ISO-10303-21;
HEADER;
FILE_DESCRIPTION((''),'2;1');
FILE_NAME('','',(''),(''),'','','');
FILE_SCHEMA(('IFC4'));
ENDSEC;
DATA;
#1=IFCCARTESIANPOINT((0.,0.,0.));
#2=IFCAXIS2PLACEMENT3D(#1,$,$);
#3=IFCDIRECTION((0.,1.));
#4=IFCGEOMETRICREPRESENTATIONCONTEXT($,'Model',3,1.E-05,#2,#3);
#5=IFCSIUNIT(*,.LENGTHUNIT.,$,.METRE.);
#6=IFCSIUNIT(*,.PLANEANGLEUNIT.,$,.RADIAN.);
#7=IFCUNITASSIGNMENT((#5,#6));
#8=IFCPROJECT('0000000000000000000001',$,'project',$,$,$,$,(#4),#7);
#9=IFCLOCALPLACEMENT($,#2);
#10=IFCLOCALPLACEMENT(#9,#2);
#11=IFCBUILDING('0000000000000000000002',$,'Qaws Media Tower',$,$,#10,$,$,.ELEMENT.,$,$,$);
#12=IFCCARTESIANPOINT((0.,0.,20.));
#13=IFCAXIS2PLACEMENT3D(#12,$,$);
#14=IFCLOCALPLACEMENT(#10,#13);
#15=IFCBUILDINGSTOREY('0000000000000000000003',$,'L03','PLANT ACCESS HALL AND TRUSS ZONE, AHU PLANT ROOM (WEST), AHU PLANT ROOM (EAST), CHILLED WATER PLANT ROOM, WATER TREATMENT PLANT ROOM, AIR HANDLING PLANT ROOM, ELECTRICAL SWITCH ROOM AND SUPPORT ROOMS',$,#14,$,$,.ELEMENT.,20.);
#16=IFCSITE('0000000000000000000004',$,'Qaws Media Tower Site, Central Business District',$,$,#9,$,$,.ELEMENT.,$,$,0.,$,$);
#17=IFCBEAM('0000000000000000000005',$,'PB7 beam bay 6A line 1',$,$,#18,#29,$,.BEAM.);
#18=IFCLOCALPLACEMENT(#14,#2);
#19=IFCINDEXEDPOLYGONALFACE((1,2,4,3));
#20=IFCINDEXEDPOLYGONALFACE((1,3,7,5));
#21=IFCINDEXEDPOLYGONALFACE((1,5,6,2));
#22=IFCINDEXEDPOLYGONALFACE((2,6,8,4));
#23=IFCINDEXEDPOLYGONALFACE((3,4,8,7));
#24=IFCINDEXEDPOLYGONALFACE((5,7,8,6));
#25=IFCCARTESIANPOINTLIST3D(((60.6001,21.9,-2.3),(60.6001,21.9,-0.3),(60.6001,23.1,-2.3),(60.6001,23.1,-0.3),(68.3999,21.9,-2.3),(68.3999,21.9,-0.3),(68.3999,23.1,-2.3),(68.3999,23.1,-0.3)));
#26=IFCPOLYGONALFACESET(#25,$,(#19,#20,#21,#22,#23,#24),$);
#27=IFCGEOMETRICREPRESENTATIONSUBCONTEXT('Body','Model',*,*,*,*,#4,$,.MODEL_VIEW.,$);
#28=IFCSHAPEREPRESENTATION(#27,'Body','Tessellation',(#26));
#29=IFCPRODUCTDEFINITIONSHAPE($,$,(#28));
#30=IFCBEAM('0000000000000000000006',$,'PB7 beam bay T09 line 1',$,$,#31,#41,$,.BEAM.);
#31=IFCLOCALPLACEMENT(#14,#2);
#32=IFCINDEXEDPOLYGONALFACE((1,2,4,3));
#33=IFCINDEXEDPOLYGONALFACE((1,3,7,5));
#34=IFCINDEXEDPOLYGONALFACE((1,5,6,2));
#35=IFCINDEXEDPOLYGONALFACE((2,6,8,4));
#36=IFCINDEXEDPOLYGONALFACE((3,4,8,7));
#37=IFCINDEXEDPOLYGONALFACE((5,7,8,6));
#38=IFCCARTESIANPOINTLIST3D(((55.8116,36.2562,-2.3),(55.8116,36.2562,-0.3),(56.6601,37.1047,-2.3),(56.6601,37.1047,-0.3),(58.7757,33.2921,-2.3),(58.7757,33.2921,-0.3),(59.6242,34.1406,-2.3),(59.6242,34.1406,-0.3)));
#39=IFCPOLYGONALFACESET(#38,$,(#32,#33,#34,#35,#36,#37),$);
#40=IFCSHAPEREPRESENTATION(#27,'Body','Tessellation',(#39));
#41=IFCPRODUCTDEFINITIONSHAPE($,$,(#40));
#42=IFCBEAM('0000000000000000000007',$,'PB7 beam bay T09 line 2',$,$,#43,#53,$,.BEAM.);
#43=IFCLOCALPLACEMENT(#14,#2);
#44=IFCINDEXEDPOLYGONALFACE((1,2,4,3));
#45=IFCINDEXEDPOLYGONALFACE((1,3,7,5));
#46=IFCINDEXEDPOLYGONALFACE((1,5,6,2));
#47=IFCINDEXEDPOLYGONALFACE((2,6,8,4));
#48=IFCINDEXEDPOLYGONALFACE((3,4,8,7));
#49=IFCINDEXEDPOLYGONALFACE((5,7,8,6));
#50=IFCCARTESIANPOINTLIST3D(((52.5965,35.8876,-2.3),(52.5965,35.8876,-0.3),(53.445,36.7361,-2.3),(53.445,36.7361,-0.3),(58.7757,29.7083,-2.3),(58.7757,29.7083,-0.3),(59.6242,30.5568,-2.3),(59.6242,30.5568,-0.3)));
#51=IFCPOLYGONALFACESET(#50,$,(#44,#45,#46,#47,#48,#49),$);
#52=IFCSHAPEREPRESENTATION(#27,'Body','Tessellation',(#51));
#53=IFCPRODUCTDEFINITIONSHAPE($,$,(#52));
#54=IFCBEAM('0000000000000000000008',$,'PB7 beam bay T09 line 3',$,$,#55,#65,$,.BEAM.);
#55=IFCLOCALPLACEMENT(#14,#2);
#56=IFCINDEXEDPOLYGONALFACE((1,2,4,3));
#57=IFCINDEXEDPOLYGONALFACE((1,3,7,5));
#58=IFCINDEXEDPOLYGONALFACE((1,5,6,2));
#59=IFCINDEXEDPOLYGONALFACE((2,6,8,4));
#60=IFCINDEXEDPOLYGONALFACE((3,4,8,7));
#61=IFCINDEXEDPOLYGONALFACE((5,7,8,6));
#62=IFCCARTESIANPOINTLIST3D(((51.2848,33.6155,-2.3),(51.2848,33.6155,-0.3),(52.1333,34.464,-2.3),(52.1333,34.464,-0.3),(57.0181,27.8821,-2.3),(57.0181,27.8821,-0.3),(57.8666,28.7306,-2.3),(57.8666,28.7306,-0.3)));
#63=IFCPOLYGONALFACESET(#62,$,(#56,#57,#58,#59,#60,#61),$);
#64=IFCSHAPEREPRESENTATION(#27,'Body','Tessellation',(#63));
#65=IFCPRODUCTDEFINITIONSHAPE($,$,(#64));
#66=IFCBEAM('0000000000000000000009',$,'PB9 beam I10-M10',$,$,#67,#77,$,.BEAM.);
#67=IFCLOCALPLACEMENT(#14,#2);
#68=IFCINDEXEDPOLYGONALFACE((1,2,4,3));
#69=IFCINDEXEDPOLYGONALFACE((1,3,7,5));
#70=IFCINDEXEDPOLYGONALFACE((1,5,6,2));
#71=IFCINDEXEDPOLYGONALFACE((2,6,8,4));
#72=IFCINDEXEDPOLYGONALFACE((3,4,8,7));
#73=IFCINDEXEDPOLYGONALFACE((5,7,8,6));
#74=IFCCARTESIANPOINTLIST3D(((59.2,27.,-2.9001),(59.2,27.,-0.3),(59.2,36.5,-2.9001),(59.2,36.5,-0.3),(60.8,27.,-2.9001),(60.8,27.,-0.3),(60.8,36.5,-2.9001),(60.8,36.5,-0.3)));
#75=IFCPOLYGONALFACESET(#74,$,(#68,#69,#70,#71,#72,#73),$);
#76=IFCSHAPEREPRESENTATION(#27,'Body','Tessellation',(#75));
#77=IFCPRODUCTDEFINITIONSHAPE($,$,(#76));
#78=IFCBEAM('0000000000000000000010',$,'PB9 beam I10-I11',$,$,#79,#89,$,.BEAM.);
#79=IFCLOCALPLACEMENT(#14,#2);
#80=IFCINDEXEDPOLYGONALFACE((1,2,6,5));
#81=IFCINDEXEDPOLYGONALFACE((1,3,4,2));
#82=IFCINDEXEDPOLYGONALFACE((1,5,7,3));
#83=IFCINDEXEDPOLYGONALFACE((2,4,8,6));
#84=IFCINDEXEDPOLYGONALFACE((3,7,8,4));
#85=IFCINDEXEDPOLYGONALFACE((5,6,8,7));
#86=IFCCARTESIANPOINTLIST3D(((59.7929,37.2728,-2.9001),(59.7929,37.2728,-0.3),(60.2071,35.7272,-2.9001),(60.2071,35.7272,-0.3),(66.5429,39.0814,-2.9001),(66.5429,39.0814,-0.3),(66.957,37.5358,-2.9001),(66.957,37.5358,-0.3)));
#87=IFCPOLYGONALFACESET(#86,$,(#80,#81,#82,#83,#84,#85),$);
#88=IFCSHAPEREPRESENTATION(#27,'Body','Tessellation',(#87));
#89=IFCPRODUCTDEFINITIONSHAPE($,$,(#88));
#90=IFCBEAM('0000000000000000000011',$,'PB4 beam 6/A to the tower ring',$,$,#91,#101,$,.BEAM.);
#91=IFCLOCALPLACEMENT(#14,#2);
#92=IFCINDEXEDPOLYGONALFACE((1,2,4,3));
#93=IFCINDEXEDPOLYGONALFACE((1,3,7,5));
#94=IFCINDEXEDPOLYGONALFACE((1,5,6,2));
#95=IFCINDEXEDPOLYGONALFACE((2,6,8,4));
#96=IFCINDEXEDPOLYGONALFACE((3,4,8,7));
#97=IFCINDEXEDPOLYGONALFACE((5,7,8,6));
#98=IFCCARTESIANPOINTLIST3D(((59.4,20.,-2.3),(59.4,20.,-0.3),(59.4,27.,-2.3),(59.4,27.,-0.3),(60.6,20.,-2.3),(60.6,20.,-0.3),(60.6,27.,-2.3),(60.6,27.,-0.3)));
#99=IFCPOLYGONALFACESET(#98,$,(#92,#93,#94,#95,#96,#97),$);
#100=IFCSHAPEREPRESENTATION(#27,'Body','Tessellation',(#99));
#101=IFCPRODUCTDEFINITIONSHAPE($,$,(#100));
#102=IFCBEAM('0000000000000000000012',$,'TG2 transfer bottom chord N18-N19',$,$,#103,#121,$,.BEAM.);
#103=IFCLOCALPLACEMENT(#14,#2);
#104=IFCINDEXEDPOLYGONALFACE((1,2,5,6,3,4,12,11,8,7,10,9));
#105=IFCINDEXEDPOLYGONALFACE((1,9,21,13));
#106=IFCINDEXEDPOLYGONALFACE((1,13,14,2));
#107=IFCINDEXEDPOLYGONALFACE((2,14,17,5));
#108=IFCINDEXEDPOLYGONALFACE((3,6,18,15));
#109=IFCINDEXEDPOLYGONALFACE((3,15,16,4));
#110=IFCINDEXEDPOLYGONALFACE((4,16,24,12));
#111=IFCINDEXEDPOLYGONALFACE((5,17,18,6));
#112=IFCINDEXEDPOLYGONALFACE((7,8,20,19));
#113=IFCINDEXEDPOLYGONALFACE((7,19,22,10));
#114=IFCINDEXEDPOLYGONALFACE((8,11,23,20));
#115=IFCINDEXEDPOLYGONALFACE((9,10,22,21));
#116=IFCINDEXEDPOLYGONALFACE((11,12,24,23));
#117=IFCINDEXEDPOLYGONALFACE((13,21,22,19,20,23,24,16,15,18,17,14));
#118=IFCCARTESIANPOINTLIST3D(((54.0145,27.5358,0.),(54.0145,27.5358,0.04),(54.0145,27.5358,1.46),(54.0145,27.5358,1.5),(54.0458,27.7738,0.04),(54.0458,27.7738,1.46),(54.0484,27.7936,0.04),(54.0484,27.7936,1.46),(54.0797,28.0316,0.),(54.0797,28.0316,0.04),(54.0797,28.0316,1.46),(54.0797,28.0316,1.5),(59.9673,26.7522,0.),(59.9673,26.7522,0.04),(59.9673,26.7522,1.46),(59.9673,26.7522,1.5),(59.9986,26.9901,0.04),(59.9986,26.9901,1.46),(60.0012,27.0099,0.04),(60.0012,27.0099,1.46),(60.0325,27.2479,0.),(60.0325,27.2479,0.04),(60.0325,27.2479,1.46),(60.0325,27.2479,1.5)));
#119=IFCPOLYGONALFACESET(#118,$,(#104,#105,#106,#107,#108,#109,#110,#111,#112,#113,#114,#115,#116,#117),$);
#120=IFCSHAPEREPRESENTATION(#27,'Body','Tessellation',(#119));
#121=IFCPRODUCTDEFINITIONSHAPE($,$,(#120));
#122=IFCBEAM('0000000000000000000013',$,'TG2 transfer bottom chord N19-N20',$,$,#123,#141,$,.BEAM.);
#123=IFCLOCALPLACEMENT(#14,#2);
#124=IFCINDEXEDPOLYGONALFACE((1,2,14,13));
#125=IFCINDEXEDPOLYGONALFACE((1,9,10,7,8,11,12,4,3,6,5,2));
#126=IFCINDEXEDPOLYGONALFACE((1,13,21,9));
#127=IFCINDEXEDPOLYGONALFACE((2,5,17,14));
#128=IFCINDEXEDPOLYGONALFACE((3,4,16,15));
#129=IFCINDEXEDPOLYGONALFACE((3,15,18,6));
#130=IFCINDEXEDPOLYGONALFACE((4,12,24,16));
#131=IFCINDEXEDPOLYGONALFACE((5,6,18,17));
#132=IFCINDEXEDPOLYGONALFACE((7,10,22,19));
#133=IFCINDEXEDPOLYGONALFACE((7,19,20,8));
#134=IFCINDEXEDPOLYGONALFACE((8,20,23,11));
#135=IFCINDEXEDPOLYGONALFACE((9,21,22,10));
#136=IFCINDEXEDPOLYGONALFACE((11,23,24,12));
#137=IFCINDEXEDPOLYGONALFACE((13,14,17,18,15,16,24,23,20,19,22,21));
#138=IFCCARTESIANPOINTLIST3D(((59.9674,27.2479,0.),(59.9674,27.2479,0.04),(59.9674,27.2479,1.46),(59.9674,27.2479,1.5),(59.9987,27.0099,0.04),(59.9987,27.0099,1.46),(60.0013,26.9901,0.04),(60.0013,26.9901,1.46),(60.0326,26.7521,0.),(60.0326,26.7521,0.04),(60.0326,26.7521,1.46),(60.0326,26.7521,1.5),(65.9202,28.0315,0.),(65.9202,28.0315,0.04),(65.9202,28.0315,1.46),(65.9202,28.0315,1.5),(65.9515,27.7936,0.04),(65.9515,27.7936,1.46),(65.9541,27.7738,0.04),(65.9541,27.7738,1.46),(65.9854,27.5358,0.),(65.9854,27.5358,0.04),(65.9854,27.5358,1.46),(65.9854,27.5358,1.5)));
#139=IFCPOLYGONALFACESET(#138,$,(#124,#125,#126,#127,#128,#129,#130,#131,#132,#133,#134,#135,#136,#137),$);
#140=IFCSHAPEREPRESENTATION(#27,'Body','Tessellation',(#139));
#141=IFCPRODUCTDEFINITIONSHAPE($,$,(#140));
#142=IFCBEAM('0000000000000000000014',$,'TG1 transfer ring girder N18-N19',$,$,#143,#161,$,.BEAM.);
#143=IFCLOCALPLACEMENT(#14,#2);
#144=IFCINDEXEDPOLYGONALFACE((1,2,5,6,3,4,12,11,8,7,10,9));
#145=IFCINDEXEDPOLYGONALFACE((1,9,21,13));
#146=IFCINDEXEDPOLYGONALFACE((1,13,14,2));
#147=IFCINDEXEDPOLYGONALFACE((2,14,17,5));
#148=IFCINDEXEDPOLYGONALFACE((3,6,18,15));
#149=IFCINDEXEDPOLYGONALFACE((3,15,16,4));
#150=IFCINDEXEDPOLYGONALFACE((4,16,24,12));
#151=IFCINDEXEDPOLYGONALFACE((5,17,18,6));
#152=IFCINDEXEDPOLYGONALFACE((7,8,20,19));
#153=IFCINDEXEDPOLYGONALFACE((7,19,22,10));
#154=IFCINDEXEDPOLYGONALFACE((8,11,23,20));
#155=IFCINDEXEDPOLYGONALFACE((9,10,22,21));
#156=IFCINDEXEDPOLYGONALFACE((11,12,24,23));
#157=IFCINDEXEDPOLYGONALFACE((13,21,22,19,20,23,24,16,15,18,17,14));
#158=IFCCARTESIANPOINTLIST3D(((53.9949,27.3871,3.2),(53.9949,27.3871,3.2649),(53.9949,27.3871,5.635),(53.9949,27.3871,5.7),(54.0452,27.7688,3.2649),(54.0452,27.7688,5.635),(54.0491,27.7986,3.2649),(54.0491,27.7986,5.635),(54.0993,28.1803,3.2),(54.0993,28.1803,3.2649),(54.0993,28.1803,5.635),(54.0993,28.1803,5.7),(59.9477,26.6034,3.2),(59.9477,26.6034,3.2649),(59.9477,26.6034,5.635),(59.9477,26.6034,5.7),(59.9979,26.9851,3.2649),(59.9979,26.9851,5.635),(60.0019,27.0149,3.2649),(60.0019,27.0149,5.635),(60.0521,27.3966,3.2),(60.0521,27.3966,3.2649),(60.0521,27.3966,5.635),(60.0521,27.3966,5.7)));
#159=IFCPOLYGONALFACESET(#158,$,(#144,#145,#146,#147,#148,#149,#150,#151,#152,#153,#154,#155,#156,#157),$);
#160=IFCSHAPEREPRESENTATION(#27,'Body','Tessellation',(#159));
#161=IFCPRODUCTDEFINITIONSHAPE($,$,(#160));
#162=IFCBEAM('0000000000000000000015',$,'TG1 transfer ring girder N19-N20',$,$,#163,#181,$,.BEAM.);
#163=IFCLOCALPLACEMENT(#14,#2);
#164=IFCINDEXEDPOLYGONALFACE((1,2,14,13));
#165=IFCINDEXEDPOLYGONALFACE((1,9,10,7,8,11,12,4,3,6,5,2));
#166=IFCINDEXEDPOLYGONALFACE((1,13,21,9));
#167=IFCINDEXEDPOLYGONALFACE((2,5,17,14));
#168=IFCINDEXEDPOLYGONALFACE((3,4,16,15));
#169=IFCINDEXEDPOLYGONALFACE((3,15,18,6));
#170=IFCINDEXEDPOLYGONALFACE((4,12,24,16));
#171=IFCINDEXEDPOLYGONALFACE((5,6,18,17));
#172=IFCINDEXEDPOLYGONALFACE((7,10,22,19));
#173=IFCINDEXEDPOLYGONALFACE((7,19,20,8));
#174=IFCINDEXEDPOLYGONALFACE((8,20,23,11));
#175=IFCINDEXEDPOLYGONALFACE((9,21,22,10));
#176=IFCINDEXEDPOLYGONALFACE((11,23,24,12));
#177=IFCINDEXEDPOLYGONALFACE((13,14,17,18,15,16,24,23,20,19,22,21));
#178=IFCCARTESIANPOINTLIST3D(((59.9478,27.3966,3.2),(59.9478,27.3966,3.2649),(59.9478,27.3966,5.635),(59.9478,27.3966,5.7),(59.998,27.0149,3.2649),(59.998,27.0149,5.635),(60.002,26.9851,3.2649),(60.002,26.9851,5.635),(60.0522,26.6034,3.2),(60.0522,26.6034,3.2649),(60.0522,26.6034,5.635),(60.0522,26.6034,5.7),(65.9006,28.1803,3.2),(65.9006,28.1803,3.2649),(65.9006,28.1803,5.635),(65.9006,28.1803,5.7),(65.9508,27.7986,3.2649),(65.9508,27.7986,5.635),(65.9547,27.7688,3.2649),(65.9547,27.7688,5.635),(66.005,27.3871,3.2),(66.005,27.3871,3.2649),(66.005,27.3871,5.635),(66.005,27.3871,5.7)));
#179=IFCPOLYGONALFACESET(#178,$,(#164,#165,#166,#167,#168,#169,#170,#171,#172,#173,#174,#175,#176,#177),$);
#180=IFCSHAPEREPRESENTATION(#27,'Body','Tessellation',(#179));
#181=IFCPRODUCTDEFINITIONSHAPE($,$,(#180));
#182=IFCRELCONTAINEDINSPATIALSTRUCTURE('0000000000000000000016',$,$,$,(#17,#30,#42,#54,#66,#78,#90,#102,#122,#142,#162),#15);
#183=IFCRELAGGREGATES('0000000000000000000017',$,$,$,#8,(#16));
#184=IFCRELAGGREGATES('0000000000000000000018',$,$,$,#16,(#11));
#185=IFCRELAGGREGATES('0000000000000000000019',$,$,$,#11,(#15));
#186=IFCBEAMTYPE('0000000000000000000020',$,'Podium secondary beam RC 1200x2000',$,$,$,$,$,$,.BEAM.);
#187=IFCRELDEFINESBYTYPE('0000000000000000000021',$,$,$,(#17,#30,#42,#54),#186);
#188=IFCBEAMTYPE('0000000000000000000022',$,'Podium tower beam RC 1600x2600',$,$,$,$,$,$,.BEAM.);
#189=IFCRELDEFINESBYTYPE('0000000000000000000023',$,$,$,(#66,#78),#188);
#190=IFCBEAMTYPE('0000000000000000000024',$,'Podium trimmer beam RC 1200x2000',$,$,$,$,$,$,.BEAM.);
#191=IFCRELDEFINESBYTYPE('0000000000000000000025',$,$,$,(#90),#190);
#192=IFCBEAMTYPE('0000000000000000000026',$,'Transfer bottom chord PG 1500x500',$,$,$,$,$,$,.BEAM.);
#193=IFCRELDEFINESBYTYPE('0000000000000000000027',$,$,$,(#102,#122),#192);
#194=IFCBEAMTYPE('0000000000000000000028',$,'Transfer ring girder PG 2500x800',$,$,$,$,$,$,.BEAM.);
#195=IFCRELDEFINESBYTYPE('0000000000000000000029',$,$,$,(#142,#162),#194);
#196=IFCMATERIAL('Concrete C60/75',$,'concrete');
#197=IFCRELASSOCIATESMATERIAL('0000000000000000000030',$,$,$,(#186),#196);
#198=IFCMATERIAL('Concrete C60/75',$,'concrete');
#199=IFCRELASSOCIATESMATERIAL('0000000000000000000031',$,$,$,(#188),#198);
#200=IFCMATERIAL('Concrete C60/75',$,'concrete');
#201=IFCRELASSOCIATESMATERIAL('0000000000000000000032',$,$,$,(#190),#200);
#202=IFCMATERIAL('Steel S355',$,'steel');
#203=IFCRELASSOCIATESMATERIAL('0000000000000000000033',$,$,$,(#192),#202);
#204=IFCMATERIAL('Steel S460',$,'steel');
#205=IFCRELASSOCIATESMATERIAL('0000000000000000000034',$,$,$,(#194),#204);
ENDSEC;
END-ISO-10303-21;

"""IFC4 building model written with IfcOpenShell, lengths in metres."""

from ifc_helpers import new_model, si_unit, direction, frame, origin, origin_2d, place, context, subcontext, project, spatial, rectangle, i_section, extrude, material, material_profile, profile_set, type_object, element, save


model = new_model("IFC4")

# Units and contexts
model_context = context("Model", 3, precision=1e-05, world=origin(), true_north=direction((0.0, 1.0)))
body_context = subcontext(model_context, "Body", "Model", "MODEL_VIEW")
ifc_project = project(units=[si_unit("LENGTHUNIT", "METRE"), si_unit("PLANEANGLEUNIT", "RADIAN")], contexts=[model_context])

# Site, building, storey
site_placement = place(None, origin())
site = spatial("IfcSite", under=ifc_project, at=site_placement, Name="Qaws Media Tower Site, Central Business District", CompositionType="ELEMENT", RefElevation=0.0)
building_placement = place(site_placement, origin())
building = spatial("IfcBuilding", under=site, at=building_placement, Name="Qaws Media Tower", CompositionType="ELEMENT")
storey_placement = place(building_placement, frame((0.0, 0.0, 20.0)))
storey = spatial("IfcBuildingStorey", under=building, at=storey_placement, Name="L03", Description="PLANT ACCESS HALL AND TRUSS ZONE, AHU PLANT ROOM (WEST), AHU PLANT ROOM (EAST), CHILLED WATER PLANT ROOM, WATER TREATMENT PLANT ROOM, AIR HANDLING PLANT ROOM, ELECTRICAL SWITCH ROOM AND SUPPORT ROOMS", CompositionType="ELEMENT", Elevation=20.0)

# Beams
ifc_material_1 = material(Name="Concrete C60/75", Category="concrete")
ifc_material_profile_1 = material_profile(ifc_material_1, rectangle(XDim=1.2, YDim=2.0, at=origin_2d()), Name="RC 1200x2000")
ifc_profile_set_1 = profile_set([ifc_material_profile_1], Name="Concrete C60/75")
beam_type_1 = type_object("IfcBeamType", Name="Podium secondary beam RC 1200x2000", PredefinedType="BEAM", material=ifc_profile_set_1)
beam_1_placement = place(storey_placement, frame((60.6001, 22.5, -1.3), z_axis=(1.0, 0.0, 0.0), x_axis=(0.0, 1.0, 0.0)))
element("IfcBeam", 1, at=beam_1_placement, inside=storey, type_object=beam_type_1, Name="PB7 beam bay 6A line 1", PredefinedType="BEAM", context=body_context, shape_type="SweptSolid", body=[
    extrude(rectangle(XDim=1.2, YDim=2.0, at=origin_2d()), origin(), (0.0, 0.0, 1.0), 7.7998),
])
beam_2_placement = place(storey_placement, frame((59.2, 33.7163, -1.3), z_axis=(-0.707107, 0.707107, 0.0), x_axis=(-0.707107, -0.707107, 0.0)))
element("IfcBeam", 2, at=beam_2_placement, inside=storey, type_object=beam_type_1, Name="PB7 beam bay T09 line 1", PredefinedType="BEAM", context=body_context, shape_type="SweptSolid", body=[
    extrude(rectangle(XDim=1.2, YDim=2.0, at=origin_2d()), origin(), (0.0, 0.0, 1.0), 4.1919),
])
beam_3_placement = place(storey_placement, frame((59.2, 30.1326, -1.3), z_axis=(-0.707107, 0.707107, 0.0), x_axis=(-0.707107, -0.707107, 0.0)))
element("IfcBeam", 3, at=beam_3_placement, inside=storey, type_object=beam_type_1, Name="PB7 beam bay T09 line 2", PredefinedType="BEAM", context=body_context, shape_type="SweptSolid", body=[
    extrude(rectangle(XDim=1.2, YDim=2.0, at=origin_2d()), origin(), (0.0, 0.0, 1.0), 8.7388),
])
beam_4_placement = place(storey_placement, frame((57.4424, 28.3064, -1.3), z_axis=(-0.707107, 0.707107, 0.0), x_axis=(-0.707107, -0.707107, 0.0)))
element("IfcBeam", 4, at=beam_4_placement, inside=storey, type_object=beam_type_1, Name="PB7 beam bay T09 line 3", PredefinedType="BEAM", context=body_context, shape_type="SweptSolid", body=[
    extrude(rectangle(XDim=1.2, YDim=2.0, at=origin_2d()), origin(), (0.0, 0.0, 1.0), 8.1082),
])
ifc_material_2 = material(Name="Concrete C60/75", Category="concrete")
ifc_material_profile_2 = material_profile(ifc_material_2, rectangle(XDim=1.6001, YDim=2.6001, at=origin_2d()), Name="RC 1600x2600")
ifc_profile_set_2 = profile_set([ifc_material_profile_2], Name="Concrete C60/75")
beam_type_2 = type_object("IfcBeamType", Name="Podium tower beam RC 1600x2600", PredefinedType="BEAM", material=ifc_profile_set_2)
beam_5_placement = place(storey_placement, frame((60.0, 36.5, -1.6001), z_axis=(0.0, -1.0, 0.0), x_axis=(1.0, 0.0, 0.0)))
element("IfcBeam", 5, at=beam_5_placement, inside=storey, type_object=beam_type_2, Name="PB9 beam I10-M10", PredefinedType="BEAM", context=body_context, shape_type="SweptSolid", body=[
    extrude(rectangle(XDim=1.6001, YDim=2.6001, at=origin_2d()), origin(), (0.0, 0.0, 1.0), 9.5),
])
beam_6_placement = place(storey_placement, frame((60.0, 36.5, -1.6001), z_axis=(0.965928, 0.258811, 0.0), x_axis=(-0.258811, 0.965928, 0.0)))
element("IfcBeam", 6, at=beam_6_placement, inside=storey, type_object=beam_type_2, Name="PB9 beam I10-I11", PredefinedType="BEAM", context=body_context, shape_type="SweptSolid", body=[
    extrude(rectangle(XDim=1.6001, YDim=2.6001, at=origin_2d()), origin(), (0.0, 0.0, 1.0), 6.988),
])
ifc_material_3 = material(Name="Concrete C60/75", Category="concrete")
ifc_material_profile_3 = material_profile(ifc_material_3, rectangle(XDim=1.2, YDim=2.0, at=origin_2d()), Name="RC 1200x2000")
ifc_profile_set_3 = profile_set([ifc_material_profile_3], Name="Concrete C60/75")
beam_type_3 = type_object("IfcBeamType", Name="Podium trimmer beam RC 1200x2000", PredefinedType="BEAM", material=ifc_profile_set_3)
beam_7_placement = place(storey_placement, frame((60.0, 20.0, -1.3), z_axis=(0.0, 1.0, 0.0), x_axis=(-1.0, 0.0, 0.0)))
element("IfcBeam", 7, at=beam_7_placement, inside=storey, type_object=beam_type_3, Name="PB4 beam 6/A to the tower ring", PredefinedType="BEAM", context=body_context, shape_type="SweptSolid", body=[
    extrude(rectangle(XDim=1.2, YDim=2.0, at=origin_2d()), origin(), (0.0, 0.0, 1.0), 7.0),
])
ifc_material_4 = material(Name="Steel S355", Category="steel")
ifc_material_profile_4 = material_profile(ifc_material_4, i_section(OverallWidth=0.5, OverallDepth=1.5, WebThickness=0.02, FlangeThickness=0.04, at=origin_2d()), Name="PG 1500x500")
ifc_profile_set_4 = profile_set([ifc_material_profile_4], Name="Steel S355")
beam_type_4 = type_object("IfcBeamType", Name="Transfer bottom chord PG 1500x500", PredefinedType="BEAM", material=ifc_profile_set_4)
for number, where, z_axis, x_axis, name in (
    (8, (54.0471, 27.7837, 0.75), (0.991445, -0.130523, 0.0), (0.130523, 0.991445, 0.0), "TG2 transfer bottom chord N18-N19"),
    (9, (60.0, 27.0, 0.75), (0.991445, 0.130523, 0.0), (-0.130523, 0.991445, 0.0), "TG2 transfer bottom chord N19-N20"),
):
    element("IfcBeam", number, at=place(storey_placement, frame(where, z_axis=z_axis, x_axis=x_axis)), inside=storey, type_object=beam_type_4, Name=name, PredefinedType="BEAM", context=body_context, shape_type="SweptSolid", body=[
        extrude(i_section(OverallWidth=0.5, OverallDepth=1.5, WebThickness=0.02, FlangeThickness=0.04, at=origin_2d()), origin(), (0.0, 0.0, 1.0), 6.0042),
    ])
ifc_material_5 = material(Name="Steel S460", Category="steel")
ifc_material_profile_5 = material_profile(ifc_material_5, i_section(OverallWidth=0.8, OverallDepth=2.5, WebThickness=0.03, FlangeThickness=0.0649, at=origin_2d()), Name="PG 2500x800")
ifc_profile_set_5 = profile_set([ifc_material_profile_5], Name="Steel S460")
beam_type_5 = type_object("IfcBeamType", Name="Transfer ring girder PG 2500x800", PredefinedType="BEAM", material=ifc_profile_set_5)
for number, where, z_axis, x_axis, name in (
    (10, (54.0471, 27.7837, 4.45), (0.991445, -0.130523, 0.0), (0.130523, 0.991445, 0.0), "TG1 transfer ring girder N18-N19"),
    (11, (60.0, 27.0, 4.45), (0.991445, 0.130523, 0.0), (-0.130523, 0.991445, 0.0), "TG1 transfer ring girder N19-N20"),
):
    element("IfcBeam", number, at=place(storey_placement, frame(where, z_axis=z_axis, x_axis=x_axis)), inside=storey, type_object=beam_type_5, Name=name, PredefinedType="BEAM", context=body_context, shape_type="SweptSolid", body=[
        extrude(i_section(OverallWidth=0.8, OverallDepth=2.5, WebThickness=0.03, FlangeThickness=0.0649, at=origin_2d()), origin(), (0.0, 0.0, 1.0), 6.0042),
    ])

save(model, "model.ifc")
